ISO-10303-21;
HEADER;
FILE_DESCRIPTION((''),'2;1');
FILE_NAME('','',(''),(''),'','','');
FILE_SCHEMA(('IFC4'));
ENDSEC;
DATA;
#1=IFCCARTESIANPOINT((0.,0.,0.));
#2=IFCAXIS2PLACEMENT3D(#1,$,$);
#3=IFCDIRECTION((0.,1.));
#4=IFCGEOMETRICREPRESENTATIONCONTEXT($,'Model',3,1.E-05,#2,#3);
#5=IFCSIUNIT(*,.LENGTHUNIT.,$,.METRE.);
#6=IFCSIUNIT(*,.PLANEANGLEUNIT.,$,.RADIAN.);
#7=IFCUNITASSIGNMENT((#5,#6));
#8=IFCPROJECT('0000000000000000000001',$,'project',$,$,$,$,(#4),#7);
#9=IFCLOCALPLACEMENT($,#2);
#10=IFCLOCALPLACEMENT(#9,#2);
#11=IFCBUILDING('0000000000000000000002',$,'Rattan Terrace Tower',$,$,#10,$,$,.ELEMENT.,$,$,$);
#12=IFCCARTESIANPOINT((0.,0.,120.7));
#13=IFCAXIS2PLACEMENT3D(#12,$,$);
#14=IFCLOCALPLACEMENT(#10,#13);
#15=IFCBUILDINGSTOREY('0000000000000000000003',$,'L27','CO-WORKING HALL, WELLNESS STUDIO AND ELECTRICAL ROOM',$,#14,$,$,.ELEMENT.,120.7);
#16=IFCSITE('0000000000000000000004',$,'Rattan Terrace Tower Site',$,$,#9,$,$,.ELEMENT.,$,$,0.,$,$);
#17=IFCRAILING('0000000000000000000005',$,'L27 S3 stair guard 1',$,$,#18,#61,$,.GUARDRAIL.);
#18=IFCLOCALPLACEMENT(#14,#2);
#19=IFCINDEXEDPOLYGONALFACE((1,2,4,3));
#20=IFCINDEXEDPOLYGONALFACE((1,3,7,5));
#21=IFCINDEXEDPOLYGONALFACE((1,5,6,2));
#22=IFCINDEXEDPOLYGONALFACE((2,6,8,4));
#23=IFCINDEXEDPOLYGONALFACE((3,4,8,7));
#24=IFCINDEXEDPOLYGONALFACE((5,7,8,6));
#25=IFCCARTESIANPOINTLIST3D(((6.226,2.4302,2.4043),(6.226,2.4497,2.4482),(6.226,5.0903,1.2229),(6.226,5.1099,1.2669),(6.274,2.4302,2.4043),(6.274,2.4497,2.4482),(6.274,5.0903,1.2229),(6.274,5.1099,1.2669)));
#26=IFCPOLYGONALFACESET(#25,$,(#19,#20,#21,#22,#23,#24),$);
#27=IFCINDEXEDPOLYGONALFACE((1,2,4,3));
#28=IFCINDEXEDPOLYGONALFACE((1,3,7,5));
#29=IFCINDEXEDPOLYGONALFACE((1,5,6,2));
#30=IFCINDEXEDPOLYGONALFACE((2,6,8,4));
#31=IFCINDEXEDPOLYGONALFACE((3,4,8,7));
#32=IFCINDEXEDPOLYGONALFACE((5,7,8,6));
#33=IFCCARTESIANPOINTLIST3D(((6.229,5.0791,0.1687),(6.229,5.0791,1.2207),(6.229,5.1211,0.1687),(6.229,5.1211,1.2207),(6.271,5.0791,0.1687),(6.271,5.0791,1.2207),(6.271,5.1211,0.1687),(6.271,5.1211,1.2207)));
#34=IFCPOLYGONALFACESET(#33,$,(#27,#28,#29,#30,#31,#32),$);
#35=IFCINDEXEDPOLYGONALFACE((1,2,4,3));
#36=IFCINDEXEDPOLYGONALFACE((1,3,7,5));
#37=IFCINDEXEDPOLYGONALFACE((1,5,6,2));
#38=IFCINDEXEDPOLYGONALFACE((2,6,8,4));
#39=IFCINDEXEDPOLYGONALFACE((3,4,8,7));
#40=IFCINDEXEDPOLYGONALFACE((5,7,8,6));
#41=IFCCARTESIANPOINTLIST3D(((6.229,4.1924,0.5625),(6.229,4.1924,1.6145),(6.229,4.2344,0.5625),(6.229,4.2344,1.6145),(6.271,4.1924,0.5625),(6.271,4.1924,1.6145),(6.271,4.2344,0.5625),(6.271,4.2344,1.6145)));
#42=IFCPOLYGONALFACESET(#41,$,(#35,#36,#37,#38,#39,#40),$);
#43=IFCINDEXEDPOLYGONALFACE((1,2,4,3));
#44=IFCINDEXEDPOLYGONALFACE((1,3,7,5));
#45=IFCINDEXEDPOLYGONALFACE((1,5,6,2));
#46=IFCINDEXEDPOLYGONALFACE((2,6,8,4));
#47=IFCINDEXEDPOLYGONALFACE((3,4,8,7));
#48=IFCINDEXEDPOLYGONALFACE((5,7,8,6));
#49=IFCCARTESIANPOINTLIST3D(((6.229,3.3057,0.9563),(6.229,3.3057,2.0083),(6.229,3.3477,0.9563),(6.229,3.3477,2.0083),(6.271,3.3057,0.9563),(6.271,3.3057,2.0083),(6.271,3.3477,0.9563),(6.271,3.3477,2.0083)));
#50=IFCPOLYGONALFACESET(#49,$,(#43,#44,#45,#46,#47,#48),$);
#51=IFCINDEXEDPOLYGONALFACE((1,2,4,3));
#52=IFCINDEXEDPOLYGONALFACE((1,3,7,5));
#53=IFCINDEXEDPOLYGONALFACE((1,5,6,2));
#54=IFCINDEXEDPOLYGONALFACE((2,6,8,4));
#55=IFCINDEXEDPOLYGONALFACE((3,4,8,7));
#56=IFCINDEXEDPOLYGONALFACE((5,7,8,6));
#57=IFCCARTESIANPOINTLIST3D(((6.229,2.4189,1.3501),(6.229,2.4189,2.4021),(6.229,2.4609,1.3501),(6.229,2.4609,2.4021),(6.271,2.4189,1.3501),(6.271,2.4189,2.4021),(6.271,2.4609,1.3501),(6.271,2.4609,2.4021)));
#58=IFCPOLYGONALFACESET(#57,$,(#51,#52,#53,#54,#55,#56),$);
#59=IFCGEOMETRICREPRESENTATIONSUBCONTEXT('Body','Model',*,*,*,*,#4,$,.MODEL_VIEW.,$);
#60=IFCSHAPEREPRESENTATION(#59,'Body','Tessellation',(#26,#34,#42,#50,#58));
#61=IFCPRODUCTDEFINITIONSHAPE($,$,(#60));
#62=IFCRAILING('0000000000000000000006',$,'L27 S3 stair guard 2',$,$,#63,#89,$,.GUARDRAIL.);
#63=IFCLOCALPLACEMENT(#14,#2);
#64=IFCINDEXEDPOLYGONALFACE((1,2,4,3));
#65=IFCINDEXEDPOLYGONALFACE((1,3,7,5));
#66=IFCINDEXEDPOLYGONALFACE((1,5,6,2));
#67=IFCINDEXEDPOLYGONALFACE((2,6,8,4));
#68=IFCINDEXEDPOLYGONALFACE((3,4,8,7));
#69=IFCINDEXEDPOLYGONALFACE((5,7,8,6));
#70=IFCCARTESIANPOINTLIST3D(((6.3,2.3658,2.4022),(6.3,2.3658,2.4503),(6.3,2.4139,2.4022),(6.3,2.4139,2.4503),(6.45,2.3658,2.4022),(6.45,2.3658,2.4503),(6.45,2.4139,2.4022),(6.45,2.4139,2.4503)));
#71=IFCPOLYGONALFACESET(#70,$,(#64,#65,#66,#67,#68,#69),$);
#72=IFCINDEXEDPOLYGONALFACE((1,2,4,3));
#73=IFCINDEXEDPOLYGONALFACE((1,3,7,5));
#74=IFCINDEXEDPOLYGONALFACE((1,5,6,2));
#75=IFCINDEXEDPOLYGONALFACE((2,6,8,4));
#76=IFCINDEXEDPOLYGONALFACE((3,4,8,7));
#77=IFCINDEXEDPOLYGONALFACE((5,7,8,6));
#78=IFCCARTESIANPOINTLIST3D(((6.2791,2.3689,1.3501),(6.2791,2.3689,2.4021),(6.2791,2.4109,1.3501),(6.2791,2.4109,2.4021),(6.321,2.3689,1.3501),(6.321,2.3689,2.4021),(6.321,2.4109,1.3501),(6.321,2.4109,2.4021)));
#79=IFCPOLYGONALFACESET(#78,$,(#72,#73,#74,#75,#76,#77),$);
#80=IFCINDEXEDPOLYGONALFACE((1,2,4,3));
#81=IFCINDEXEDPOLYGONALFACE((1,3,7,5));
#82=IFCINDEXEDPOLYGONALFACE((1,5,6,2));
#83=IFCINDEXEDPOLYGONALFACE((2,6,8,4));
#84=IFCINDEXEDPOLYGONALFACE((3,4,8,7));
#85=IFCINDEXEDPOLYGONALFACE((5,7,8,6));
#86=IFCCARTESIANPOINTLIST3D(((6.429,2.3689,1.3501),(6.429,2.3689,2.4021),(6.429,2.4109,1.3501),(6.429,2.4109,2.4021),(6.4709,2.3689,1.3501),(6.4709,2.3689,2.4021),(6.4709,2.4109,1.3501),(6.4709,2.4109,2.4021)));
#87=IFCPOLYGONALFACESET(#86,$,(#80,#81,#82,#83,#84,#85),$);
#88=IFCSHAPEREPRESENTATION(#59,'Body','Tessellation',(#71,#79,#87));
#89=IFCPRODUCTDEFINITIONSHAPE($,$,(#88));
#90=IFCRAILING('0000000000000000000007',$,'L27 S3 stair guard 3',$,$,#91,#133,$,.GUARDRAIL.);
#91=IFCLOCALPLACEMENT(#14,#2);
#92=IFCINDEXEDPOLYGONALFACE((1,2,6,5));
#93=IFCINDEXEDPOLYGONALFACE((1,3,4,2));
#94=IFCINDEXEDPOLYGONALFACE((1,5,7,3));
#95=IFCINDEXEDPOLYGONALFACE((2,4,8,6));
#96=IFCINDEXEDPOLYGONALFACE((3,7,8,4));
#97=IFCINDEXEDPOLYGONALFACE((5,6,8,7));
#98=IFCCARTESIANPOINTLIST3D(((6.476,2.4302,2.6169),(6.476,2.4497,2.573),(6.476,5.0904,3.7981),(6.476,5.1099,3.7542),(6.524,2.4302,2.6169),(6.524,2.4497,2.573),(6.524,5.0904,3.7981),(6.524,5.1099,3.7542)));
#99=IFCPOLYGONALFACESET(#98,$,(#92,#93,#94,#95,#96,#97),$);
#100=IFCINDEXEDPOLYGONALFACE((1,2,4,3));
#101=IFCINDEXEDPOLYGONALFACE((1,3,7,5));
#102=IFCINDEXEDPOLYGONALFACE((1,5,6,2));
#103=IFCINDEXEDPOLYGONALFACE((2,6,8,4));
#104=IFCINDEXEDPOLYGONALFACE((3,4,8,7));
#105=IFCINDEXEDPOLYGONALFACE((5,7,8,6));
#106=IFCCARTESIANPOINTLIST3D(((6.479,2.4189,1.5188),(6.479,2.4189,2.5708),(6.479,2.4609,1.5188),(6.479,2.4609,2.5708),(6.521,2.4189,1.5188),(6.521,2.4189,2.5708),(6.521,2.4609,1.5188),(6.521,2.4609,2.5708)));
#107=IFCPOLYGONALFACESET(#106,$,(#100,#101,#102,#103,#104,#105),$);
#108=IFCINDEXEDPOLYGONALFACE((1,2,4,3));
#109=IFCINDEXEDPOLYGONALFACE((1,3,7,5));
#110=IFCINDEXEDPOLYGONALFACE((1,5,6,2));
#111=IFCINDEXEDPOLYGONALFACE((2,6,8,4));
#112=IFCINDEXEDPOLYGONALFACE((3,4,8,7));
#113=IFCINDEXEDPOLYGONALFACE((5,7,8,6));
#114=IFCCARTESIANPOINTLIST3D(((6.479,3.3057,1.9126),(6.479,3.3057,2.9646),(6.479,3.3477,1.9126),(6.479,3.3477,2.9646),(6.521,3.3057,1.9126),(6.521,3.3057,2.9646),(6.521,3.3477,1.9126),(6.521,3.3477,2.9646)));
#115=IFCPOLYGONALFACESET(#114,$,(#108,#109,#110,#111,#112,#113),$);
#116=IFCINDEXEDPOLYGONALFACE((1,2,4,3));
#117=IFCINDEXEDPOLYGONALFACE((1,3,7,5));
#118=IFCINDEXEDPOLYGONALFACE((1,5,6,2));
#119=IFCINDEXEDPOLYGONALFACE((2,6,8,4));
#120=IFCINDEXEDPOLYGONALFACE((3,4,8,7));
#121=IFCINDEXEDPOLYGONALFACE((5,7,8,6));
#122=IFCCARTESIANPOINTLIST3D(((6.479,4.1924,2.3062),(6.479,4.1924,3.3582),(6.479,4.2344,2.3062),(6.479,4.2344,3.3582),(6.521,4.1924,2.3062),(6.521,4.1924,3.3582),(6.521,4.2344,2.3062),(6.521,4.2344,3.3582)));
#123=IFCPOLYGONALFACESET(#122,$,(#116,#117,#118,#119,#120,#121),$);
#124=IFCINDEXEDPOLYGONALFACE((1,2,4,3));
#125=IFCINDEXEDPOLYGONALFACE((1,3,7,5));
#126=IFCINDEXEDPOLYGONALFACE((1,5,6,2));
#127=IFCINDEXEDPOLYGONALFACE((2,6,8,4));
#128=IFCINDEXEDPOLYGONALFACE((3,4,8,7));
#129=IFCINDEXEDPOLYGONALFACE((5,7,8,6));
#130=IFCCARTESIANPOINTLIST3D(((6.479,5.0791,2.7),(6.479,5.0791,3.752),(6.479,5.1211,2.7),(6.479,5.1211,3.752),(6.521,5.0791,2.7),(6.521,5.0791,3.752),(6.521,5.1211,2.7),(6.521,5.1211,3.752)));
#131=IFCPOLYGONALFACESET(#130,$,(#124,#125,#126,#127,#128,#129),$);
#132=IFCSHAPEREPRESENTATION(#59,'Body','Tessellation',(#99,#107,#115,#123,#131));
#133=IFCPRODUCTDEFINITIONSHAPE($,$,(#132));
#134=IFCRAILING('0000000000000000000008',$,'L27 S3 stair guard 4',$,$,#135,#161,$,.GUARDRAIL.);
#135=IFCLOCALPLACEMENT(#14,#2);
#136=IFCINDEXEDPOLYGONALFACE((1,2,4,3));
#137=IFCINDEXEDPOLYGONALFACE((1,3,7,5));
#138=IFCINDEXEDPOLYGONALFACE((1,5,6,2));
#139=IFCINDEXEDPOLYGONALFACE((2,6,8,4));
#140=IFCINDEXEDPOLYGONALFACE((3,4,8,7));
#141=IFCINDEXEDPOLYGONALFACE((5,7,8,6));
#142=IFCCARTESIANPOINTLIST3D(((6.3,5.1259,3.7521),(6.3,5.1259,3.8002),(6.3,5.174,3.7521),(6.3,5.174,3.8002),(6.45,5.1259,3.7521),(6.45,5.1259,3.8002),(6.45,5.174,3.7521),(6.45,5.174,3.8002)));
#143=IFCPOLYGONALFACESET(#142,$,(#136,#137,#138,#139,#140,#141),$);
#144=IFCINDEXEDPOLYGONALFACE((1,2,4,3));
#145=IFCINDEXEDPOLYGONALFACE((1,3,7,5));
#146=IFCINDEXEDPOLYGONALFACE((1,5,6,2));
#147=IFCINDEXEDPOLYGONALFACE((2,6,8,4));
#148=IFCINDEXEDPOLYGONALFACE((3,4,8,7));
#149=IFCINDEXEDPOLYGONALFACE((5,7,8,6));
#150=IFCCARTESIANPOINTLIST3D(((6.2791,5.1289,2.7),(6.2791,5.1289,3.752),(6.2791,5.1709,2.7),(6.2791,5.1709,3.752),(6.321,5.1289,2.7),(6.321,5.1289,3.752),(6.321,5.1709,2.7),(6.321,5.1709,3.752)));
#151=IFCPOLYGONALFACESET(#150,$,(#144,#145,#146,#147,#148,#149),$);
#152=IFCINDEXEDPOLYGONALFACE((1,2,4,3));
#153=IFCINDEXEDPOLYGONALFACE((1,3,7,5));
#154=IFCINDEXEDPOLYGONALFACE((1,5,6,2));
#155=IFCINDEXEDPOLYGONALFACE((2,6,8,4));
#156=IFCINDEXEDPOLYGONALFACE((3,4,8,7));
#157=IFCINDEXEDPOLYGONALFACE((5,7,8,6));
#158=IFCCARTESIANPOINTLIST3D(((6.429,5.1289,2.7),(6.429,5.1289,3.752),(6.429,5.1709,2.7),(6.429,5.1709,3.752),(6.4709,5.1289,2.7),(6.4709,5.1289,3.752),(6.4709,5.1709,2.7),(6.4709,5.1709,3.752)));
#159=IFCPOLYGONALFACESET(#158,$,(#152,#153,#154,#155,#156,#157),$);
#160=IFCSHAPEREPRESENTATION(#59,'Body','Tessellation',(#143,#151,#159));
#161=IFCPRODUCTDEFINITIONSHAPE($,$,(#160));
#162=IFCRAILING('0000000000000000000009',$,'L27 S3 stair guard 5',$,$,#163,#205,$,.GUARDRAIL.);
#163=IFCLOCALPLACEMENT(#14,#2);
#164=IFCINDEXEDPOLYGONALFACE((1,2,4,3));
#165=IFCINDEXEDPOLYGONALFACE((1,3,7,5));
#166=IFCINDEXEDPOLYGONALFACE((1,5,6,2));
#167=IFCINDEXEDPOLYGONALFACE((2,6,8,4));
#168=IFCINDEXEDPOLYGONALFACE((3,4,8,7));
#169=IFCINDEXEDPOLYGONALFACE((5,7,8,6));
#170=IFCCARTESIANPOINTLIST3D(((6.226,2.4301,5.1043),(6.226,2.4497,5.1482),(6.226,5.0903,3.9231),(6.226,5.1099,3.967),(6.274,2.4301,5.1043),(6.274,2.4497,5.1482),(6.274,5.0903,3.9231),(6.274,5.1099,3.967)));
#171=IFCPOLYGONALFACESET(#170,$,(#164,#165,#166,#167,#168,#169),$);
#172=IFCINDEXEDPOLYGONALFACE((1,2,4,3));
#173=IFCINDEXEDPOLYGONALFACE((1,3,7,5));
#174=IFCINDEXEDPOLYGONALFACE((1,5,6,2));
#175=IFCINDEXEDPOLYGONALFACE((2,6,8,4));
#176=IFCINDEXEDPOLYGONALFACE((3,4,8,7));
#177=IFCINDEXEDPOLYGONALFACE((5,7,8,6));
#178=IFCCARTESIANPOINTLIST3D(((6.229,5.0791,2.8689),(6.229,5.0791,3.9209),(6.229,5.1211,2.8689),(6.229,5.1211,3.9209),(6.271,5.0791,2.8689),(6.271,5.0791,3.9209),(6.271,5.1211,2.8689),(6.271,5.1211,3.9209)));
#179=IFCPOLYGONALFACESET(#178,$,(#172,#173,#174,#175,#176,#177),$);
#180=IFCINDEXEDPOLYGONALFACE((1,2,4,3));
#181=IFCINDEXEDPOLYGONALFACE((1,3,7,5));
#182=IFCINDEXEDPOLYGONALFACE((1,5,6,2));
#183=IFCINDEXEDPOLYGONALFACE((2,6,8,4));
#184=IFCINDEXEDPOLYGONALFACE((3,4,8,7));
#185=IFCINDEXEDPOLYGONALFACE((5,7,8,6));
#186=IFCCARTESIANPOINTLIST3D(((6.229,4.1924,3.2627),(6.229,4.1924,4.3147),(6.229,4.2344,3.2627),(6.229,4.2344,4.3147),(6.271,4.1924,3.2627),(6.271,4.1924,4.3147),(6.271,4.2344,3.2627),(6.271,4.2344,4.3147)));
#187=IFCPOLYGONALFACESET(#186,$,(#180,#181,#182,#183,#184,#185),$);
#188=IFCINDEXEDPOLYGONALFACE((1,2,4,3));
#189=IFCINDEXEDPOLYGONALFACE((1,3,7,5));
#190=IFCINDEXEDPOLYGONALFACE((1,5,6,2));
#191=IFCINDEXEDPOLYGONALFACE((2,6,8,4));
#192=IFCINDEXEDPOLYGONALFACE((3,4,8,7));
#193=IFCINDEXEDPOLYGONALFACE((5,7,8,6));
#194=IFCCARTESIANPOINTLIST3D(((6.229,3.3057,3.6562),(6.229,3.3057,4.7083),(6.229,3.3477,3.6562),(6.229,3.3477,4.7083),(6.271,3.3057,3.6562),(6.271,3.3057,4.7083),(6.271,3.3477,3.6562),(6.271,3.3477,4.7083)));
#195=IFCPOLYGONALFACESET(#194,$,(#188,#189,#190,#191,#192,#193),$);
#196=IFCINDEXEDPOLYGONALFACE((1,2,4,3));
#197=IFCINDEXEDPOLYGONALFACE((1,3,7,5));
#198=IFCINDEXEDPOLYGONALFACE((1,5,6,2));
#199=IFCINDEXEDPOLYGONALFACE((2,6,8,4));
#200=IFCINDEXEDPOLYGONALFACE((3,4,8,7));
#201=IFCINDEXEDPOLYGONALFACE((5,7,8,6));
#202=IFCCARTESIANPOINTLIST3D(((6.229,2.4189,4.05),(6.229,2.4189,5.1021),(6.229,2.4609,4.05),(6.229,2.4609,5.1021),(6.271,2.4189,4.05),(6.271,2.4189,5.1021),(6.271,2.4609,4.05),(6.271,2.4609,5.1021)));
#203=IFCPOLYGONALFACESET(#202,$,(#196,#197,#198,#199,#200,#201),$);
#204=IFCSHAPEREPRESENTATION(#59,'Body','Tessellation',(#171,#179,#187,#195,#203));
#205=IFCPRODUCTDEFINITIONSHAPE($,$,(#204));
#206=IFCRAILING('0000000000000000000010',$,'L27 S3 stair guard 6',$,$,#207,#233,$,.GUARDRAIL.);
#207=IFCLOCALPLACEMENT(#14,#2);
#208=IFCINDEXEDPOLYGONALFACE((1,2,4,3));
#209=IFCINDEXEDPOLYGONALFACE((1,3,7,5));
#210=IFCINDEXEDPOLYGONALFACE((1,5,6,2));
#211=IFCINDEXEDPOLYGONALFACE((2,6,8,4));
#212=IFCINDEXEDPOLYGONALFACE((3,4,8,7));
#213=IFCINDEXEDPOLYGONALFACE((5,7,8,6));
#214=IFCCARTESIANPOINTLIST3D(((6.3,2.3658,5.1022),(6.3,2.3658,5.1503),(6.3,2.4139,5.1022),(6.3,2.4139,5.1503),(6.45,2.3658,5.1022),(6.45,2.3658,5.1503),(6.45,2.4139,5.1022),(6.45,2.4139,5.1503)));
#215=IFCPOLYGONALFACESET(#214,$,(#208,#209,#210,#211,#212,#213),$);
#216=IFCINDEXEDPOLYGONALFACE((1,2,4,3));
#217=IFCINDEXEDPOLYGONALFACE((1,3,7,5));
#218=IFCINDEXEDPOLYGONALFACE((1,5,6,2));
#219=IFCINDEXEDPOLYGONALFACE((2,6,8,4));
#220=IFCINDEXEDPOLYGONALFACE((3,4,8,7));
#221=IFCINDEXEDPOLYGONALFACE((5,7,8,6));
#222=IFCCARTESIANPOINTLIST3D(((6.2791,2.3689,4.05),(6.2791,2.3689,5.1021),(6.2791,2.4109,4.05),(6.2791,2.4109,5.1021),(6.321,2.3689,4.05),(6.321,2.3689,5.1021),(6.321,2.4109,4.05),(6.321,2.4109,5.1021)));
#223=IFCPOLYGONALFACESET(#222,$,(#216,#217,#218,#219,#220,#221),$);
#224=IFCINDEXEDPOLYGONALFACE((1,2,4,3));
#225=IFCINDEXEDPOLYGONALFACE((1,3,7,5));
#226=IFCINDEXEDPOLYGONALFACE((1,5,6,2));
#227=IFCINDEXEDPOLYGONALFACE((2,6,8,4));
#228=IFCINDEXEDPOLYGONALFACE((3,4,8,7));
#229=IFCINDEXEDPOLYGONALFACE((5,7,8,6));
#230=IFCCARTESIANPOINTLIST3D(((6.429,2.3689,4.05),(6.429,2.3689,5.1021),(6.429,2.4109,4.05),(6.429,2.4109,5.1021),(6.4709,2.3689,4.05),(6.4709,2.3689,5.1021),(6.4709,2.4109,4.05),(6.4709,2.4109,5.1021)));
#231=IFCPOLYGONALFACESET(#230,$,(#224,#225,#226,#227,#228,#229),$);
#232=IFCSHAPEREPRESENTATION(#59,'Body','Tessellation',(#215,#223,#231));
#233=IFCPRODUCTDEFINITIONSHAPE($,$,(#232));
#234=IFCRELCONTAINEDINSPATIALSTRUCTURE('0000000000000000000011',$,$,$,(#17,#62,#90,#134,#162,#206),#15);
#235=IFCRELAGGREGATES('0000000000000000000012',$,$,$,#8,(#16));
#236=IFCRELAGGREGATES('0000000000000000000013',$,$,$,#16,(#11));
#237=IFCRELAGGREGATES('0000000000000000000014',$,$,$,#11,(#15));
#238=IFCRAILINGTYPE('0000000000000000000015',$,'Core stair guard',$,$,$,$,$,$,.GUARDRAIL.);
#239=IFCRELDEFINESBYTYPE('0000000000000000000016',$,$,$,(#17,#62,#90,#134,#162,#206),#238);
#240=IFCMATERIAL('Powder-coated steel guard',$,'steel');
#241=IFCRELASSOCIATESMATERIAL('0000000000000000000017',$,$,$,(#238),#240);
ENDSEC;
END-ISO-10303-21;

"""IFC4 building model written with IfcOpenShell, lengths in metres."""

from ifc_helpers import new_model, si_unit, direction, frame, origin, origin_2d, place, context, subcontext, project, spatial, rectangle, extrude, material, type_object, element, save


model = new_model("IFC4")

# Units and contexts
model_context = context("Model", 3, precision=1e-05, world=origin(), true_north=direction((0.0, 1.0)))
body_context = subcontext(model_context, "Body", "Model", "MODEL_VIEW")
ifc_project = project(units=[si_unit("LENGTHUNIT", "METRE"), si_unit("PLANEANGLEUNIT", "RADIAN")], contexts=[model_context])

# Site, building, storey
site_placement = place(None, origin())
site = spatial("IfcSite", under=ifc_project, at=site_placement, Name="Rattan Terrace Tower Site", CompositionType="ELEMENT", RefElevation=0.0)
building_placement = place(site_placement, origin())
building = spatial("IfcBuilding", under=site, at=building_placement, Name="Rattan Terrace Tower", CompositionType="ELEMENT")
storey_placement = place(building_placement, frame((0.0, 0.0, 120.7)))
storey = spatial("IfcBuildingStorey", under=building, at=storey_placement, Name="L27", Description="CO-WORKING HALL, WELLNESS STUDIO AND ELECTRICAL ROOM", CompositionType="ELEMENT", Elevation=120.7)

# Railings
ifc_material_1 = material(Name="Powder-coated steel guard", Category="steel")
railing_type_1 = type_object("IfcRailingType", Name="Core stair guard", PredefinedType="GUARDRAIL", material=ifc_material_1)
railing_1_placement = place(storey_placement, frame((6.25, 5.1001, 0.1687)))
element("IfcRailing", 1, at=railing_1_placement, inside=storey, type_object=railing_type_1, Name="L27 S3 stair guard 1", PredefinedType="GUARDRAIL", context=body_context, shape_type="SweptSolid", body=[
    extrude(rectangle(XDim=0.0481, YDim=0.0481, at=origin_2d()), frame((0.0, 0.0, 1.0762), z_axis=(0.0, -0.913926, 0.405882), x_axis=(1.0, 0.0, 0.0)), (0.0, 0.0, 1.0), 2.9106),
    extrude(rectangle(XDim=0.042, YDim=0.042, at=origin_2d()), origin(), (0.0, 0.0, 1.0), 1.052),
    extrude(rectangle(XDim=0.042, YDim=0.042, at=origin_2d()), frame((0.0, -0.8867, 0.3938)), (0.0, 0.0, 1.0), 1.052),
    extrude(rectangle(XDim=0.042, YDim=0.042, at=origin_2d()), frame((0.0, -1.7734, 0.7876)), (0.0, 0.0, 1.0), 1.052),
    extrude(rectangle(XDim=0.042, YDim=0.042, at=origin_2d()), frame((0.0, -2.6602, 1.1814)), (0.0, 0.0, 1.0), 1.052),
])
railing_2_placement = place(storey_placement, frame((6.3, 2.3899, 1.3501)))
element("IfcRailing", 2, at=railing_2_placement, inside=storey, type_object=railing_type_1, Name="L27 S3 stair guard 2", PredefinedType="GUARDRAIL", context=body_context, shape_type="SweptSolid", body=[
    extrude(rectangle(XDim=0.0481, YDim=0.0481, at=origin_2d()), frame((0.0, 0.0, 1.0762), z_axis=(1.0, 0.0, 0.0), x_axis=(0.0, 1.0, 0.0)), (0.0, 0.0, 1.0), 0.1499),
    extrude(rectangle(XDim=0.042, YDim=0.042, at=origin_2d()), origin(), (0.0, 0.0, 1.0), 1.052),
    extrude(rectangle(XDim=0.042, YDim=0.042, at=origin_2d()), frame((0.1499, 0.0, 0.0)), (0.0, 0.0, 1.0), 1.052),
])
railing_3_placement = place(storey_placement, frame((6.5, 2.4399, 1.5188)))
element("IfcRailing", 3, at=railing_3_placement, inside=storey, type_object=railing_type_1, Name="L27 S3 stair guard 3", PredefinedType="GUARDRAIL", context=body_context, shape_type="SweptSolid", body=[
    extrude(rectangle(XDim=0.0481, YDim=0.0481, at=origin_2d()), frame((0.0, 0.0, 1.0762), z_axis=(0.0, 0.913957, 0.405812), x_axis=(-1.0, 0.0, 0.0)), (0.0, 0.0, 1.0), 2.9106),
    extrude(rectangle(XDim=0.042, YDim=0.042, at=origin_2d()), origin(), (0.0, 0.0, 1.0), 1.052),
    extrude(rectangle(XDim=0.042, YDim=0.042, at=origin_2d()), frame((0.0, 0.8867, 0.3938)), (0.0, 0.0, 1.0), 1.052),
    extrude(rectangle(XDim=0.042, YDim=0.042, at=origin_2d()), frame((0.0, 1.7734, 0.7874)), (0.0, 0.0, 1.0), 1.052),
    extrude(rectangle(XDim=0.042, YDim=0.042, at=origin_2d()), frame((0.0, 2.6602, 1.1812)), (0.0, 0.0, 1.0), 1.052),
])
railing_4_placement = place(storey_placement, frame((6.3, 5.1499, 2.7)))
element("IfcRailing", 4, at=railing_4_placement, inside=storey, type_object=railing_type_1, Name="L27 S3 stair guard 4", PredefinedType="GUARDRAIL", context=body_context, shape_type="SweptSolid", body=[
    extrude(rectangle(XDim=0.0481, YDim=0.0481, at=origin_2d()), frame((0.0, 0.0, 1.0762), z_axis=(1.0, 0.0, 0.0), x_axis=(0.0, 1.0, 0.0)), (0.0, 0.0, 1.0), 0.1499),
    extrude(rectangle(XDim=0.042, YDim=0.042, at=origin_2d()), origin(), (0.0, 0.0, 1.0), 1.052),
    extrude(rectangle(XDim=0.042, YDim=0.042, at=origin_2d()), frame((0.1499, 0.0, 0.0)), (0.0, 0.0, 1.0), 1.052),
])
railing_5_placement = place(storey_placement, frame((6.25, 5.1001, 2.8689)))
element("IfcRailing", 5, at=railing_5_placement, inside=storey, type_object=railing_type_1, Name="L27 S3 stair guard 5", PredefinedType="GUARDRAIL", context=body_context, shape_type="SweptSolid", body=[
    extrude(rectangle(XDim=0.0481, YDim=0.0481, at=origin_2d()), frame((0.0, 0.0, 1.0762), z_axis=(0.0, -0.913957, 0.405812), x_axis=(1.0, 0.0, 0.0)), (0.0, 0.0, 1.0), 2.9106),
    extrude(rectangle(XDim=0.042, YDim=0.042, at=origin_2d()), origin(), (0.0, 0.0, 1.0), 1.052),
    extrude(rectangle(XDim=0.042, YDim=0.042, at=origin_2d()), frame((0.0, -0.8867, 0.3938)), (0.0, 0.0, 1.0), 1.052),
    extrude(rectangle(XDim=0.042, YDim=0.042, at=origin_2d()), frame((0.0, -1.7734, 0.7874)), (0.0, 0.0, 1.0), 1.052),
    extrude(rectangle(XDim=0.042, YDim=0.042, at=origin_2d()), frame((0.0, -2.6602, 1.1812)), (0.0, 0.0, 1.0), 1.052),
])
railing_6_placement = place(storey_placement, frame((6.3, 2.3899, 4.05)))
element("IfcRailing", 6, at=railing_6_placement, inside=storey, type_object=railing_type_1, Name="L27 S3 stair guard 6", PredefinedType="GUARDRAIL", context=body_context, shape_type="SweptSolid", body=[
    extrude(rectangle(XDim=0.0481, YDim=0.0481, at=origin_2d()), frame((0.0, 0.0, 1.0762), z_axis=(1.0, 0.0, 0.0), x_axis=(0.0, 1.0, 0.0)), (0.0, 0.0, 1.0), 0.1499),
    extrude(rectangle(XDim=0.042, YDim=0.042, at=origin_2d()), origin(), (0.0, 0.0, 1.0), 1.052),
    extrude(rectangle(XDim=0.042, YDim=0.042, at=origin_2d()), frame((0.1499, 0.0, 0.0)), (0.0, 0.0, 1.0), 1.052),
])

save(model, "model.ifc")
